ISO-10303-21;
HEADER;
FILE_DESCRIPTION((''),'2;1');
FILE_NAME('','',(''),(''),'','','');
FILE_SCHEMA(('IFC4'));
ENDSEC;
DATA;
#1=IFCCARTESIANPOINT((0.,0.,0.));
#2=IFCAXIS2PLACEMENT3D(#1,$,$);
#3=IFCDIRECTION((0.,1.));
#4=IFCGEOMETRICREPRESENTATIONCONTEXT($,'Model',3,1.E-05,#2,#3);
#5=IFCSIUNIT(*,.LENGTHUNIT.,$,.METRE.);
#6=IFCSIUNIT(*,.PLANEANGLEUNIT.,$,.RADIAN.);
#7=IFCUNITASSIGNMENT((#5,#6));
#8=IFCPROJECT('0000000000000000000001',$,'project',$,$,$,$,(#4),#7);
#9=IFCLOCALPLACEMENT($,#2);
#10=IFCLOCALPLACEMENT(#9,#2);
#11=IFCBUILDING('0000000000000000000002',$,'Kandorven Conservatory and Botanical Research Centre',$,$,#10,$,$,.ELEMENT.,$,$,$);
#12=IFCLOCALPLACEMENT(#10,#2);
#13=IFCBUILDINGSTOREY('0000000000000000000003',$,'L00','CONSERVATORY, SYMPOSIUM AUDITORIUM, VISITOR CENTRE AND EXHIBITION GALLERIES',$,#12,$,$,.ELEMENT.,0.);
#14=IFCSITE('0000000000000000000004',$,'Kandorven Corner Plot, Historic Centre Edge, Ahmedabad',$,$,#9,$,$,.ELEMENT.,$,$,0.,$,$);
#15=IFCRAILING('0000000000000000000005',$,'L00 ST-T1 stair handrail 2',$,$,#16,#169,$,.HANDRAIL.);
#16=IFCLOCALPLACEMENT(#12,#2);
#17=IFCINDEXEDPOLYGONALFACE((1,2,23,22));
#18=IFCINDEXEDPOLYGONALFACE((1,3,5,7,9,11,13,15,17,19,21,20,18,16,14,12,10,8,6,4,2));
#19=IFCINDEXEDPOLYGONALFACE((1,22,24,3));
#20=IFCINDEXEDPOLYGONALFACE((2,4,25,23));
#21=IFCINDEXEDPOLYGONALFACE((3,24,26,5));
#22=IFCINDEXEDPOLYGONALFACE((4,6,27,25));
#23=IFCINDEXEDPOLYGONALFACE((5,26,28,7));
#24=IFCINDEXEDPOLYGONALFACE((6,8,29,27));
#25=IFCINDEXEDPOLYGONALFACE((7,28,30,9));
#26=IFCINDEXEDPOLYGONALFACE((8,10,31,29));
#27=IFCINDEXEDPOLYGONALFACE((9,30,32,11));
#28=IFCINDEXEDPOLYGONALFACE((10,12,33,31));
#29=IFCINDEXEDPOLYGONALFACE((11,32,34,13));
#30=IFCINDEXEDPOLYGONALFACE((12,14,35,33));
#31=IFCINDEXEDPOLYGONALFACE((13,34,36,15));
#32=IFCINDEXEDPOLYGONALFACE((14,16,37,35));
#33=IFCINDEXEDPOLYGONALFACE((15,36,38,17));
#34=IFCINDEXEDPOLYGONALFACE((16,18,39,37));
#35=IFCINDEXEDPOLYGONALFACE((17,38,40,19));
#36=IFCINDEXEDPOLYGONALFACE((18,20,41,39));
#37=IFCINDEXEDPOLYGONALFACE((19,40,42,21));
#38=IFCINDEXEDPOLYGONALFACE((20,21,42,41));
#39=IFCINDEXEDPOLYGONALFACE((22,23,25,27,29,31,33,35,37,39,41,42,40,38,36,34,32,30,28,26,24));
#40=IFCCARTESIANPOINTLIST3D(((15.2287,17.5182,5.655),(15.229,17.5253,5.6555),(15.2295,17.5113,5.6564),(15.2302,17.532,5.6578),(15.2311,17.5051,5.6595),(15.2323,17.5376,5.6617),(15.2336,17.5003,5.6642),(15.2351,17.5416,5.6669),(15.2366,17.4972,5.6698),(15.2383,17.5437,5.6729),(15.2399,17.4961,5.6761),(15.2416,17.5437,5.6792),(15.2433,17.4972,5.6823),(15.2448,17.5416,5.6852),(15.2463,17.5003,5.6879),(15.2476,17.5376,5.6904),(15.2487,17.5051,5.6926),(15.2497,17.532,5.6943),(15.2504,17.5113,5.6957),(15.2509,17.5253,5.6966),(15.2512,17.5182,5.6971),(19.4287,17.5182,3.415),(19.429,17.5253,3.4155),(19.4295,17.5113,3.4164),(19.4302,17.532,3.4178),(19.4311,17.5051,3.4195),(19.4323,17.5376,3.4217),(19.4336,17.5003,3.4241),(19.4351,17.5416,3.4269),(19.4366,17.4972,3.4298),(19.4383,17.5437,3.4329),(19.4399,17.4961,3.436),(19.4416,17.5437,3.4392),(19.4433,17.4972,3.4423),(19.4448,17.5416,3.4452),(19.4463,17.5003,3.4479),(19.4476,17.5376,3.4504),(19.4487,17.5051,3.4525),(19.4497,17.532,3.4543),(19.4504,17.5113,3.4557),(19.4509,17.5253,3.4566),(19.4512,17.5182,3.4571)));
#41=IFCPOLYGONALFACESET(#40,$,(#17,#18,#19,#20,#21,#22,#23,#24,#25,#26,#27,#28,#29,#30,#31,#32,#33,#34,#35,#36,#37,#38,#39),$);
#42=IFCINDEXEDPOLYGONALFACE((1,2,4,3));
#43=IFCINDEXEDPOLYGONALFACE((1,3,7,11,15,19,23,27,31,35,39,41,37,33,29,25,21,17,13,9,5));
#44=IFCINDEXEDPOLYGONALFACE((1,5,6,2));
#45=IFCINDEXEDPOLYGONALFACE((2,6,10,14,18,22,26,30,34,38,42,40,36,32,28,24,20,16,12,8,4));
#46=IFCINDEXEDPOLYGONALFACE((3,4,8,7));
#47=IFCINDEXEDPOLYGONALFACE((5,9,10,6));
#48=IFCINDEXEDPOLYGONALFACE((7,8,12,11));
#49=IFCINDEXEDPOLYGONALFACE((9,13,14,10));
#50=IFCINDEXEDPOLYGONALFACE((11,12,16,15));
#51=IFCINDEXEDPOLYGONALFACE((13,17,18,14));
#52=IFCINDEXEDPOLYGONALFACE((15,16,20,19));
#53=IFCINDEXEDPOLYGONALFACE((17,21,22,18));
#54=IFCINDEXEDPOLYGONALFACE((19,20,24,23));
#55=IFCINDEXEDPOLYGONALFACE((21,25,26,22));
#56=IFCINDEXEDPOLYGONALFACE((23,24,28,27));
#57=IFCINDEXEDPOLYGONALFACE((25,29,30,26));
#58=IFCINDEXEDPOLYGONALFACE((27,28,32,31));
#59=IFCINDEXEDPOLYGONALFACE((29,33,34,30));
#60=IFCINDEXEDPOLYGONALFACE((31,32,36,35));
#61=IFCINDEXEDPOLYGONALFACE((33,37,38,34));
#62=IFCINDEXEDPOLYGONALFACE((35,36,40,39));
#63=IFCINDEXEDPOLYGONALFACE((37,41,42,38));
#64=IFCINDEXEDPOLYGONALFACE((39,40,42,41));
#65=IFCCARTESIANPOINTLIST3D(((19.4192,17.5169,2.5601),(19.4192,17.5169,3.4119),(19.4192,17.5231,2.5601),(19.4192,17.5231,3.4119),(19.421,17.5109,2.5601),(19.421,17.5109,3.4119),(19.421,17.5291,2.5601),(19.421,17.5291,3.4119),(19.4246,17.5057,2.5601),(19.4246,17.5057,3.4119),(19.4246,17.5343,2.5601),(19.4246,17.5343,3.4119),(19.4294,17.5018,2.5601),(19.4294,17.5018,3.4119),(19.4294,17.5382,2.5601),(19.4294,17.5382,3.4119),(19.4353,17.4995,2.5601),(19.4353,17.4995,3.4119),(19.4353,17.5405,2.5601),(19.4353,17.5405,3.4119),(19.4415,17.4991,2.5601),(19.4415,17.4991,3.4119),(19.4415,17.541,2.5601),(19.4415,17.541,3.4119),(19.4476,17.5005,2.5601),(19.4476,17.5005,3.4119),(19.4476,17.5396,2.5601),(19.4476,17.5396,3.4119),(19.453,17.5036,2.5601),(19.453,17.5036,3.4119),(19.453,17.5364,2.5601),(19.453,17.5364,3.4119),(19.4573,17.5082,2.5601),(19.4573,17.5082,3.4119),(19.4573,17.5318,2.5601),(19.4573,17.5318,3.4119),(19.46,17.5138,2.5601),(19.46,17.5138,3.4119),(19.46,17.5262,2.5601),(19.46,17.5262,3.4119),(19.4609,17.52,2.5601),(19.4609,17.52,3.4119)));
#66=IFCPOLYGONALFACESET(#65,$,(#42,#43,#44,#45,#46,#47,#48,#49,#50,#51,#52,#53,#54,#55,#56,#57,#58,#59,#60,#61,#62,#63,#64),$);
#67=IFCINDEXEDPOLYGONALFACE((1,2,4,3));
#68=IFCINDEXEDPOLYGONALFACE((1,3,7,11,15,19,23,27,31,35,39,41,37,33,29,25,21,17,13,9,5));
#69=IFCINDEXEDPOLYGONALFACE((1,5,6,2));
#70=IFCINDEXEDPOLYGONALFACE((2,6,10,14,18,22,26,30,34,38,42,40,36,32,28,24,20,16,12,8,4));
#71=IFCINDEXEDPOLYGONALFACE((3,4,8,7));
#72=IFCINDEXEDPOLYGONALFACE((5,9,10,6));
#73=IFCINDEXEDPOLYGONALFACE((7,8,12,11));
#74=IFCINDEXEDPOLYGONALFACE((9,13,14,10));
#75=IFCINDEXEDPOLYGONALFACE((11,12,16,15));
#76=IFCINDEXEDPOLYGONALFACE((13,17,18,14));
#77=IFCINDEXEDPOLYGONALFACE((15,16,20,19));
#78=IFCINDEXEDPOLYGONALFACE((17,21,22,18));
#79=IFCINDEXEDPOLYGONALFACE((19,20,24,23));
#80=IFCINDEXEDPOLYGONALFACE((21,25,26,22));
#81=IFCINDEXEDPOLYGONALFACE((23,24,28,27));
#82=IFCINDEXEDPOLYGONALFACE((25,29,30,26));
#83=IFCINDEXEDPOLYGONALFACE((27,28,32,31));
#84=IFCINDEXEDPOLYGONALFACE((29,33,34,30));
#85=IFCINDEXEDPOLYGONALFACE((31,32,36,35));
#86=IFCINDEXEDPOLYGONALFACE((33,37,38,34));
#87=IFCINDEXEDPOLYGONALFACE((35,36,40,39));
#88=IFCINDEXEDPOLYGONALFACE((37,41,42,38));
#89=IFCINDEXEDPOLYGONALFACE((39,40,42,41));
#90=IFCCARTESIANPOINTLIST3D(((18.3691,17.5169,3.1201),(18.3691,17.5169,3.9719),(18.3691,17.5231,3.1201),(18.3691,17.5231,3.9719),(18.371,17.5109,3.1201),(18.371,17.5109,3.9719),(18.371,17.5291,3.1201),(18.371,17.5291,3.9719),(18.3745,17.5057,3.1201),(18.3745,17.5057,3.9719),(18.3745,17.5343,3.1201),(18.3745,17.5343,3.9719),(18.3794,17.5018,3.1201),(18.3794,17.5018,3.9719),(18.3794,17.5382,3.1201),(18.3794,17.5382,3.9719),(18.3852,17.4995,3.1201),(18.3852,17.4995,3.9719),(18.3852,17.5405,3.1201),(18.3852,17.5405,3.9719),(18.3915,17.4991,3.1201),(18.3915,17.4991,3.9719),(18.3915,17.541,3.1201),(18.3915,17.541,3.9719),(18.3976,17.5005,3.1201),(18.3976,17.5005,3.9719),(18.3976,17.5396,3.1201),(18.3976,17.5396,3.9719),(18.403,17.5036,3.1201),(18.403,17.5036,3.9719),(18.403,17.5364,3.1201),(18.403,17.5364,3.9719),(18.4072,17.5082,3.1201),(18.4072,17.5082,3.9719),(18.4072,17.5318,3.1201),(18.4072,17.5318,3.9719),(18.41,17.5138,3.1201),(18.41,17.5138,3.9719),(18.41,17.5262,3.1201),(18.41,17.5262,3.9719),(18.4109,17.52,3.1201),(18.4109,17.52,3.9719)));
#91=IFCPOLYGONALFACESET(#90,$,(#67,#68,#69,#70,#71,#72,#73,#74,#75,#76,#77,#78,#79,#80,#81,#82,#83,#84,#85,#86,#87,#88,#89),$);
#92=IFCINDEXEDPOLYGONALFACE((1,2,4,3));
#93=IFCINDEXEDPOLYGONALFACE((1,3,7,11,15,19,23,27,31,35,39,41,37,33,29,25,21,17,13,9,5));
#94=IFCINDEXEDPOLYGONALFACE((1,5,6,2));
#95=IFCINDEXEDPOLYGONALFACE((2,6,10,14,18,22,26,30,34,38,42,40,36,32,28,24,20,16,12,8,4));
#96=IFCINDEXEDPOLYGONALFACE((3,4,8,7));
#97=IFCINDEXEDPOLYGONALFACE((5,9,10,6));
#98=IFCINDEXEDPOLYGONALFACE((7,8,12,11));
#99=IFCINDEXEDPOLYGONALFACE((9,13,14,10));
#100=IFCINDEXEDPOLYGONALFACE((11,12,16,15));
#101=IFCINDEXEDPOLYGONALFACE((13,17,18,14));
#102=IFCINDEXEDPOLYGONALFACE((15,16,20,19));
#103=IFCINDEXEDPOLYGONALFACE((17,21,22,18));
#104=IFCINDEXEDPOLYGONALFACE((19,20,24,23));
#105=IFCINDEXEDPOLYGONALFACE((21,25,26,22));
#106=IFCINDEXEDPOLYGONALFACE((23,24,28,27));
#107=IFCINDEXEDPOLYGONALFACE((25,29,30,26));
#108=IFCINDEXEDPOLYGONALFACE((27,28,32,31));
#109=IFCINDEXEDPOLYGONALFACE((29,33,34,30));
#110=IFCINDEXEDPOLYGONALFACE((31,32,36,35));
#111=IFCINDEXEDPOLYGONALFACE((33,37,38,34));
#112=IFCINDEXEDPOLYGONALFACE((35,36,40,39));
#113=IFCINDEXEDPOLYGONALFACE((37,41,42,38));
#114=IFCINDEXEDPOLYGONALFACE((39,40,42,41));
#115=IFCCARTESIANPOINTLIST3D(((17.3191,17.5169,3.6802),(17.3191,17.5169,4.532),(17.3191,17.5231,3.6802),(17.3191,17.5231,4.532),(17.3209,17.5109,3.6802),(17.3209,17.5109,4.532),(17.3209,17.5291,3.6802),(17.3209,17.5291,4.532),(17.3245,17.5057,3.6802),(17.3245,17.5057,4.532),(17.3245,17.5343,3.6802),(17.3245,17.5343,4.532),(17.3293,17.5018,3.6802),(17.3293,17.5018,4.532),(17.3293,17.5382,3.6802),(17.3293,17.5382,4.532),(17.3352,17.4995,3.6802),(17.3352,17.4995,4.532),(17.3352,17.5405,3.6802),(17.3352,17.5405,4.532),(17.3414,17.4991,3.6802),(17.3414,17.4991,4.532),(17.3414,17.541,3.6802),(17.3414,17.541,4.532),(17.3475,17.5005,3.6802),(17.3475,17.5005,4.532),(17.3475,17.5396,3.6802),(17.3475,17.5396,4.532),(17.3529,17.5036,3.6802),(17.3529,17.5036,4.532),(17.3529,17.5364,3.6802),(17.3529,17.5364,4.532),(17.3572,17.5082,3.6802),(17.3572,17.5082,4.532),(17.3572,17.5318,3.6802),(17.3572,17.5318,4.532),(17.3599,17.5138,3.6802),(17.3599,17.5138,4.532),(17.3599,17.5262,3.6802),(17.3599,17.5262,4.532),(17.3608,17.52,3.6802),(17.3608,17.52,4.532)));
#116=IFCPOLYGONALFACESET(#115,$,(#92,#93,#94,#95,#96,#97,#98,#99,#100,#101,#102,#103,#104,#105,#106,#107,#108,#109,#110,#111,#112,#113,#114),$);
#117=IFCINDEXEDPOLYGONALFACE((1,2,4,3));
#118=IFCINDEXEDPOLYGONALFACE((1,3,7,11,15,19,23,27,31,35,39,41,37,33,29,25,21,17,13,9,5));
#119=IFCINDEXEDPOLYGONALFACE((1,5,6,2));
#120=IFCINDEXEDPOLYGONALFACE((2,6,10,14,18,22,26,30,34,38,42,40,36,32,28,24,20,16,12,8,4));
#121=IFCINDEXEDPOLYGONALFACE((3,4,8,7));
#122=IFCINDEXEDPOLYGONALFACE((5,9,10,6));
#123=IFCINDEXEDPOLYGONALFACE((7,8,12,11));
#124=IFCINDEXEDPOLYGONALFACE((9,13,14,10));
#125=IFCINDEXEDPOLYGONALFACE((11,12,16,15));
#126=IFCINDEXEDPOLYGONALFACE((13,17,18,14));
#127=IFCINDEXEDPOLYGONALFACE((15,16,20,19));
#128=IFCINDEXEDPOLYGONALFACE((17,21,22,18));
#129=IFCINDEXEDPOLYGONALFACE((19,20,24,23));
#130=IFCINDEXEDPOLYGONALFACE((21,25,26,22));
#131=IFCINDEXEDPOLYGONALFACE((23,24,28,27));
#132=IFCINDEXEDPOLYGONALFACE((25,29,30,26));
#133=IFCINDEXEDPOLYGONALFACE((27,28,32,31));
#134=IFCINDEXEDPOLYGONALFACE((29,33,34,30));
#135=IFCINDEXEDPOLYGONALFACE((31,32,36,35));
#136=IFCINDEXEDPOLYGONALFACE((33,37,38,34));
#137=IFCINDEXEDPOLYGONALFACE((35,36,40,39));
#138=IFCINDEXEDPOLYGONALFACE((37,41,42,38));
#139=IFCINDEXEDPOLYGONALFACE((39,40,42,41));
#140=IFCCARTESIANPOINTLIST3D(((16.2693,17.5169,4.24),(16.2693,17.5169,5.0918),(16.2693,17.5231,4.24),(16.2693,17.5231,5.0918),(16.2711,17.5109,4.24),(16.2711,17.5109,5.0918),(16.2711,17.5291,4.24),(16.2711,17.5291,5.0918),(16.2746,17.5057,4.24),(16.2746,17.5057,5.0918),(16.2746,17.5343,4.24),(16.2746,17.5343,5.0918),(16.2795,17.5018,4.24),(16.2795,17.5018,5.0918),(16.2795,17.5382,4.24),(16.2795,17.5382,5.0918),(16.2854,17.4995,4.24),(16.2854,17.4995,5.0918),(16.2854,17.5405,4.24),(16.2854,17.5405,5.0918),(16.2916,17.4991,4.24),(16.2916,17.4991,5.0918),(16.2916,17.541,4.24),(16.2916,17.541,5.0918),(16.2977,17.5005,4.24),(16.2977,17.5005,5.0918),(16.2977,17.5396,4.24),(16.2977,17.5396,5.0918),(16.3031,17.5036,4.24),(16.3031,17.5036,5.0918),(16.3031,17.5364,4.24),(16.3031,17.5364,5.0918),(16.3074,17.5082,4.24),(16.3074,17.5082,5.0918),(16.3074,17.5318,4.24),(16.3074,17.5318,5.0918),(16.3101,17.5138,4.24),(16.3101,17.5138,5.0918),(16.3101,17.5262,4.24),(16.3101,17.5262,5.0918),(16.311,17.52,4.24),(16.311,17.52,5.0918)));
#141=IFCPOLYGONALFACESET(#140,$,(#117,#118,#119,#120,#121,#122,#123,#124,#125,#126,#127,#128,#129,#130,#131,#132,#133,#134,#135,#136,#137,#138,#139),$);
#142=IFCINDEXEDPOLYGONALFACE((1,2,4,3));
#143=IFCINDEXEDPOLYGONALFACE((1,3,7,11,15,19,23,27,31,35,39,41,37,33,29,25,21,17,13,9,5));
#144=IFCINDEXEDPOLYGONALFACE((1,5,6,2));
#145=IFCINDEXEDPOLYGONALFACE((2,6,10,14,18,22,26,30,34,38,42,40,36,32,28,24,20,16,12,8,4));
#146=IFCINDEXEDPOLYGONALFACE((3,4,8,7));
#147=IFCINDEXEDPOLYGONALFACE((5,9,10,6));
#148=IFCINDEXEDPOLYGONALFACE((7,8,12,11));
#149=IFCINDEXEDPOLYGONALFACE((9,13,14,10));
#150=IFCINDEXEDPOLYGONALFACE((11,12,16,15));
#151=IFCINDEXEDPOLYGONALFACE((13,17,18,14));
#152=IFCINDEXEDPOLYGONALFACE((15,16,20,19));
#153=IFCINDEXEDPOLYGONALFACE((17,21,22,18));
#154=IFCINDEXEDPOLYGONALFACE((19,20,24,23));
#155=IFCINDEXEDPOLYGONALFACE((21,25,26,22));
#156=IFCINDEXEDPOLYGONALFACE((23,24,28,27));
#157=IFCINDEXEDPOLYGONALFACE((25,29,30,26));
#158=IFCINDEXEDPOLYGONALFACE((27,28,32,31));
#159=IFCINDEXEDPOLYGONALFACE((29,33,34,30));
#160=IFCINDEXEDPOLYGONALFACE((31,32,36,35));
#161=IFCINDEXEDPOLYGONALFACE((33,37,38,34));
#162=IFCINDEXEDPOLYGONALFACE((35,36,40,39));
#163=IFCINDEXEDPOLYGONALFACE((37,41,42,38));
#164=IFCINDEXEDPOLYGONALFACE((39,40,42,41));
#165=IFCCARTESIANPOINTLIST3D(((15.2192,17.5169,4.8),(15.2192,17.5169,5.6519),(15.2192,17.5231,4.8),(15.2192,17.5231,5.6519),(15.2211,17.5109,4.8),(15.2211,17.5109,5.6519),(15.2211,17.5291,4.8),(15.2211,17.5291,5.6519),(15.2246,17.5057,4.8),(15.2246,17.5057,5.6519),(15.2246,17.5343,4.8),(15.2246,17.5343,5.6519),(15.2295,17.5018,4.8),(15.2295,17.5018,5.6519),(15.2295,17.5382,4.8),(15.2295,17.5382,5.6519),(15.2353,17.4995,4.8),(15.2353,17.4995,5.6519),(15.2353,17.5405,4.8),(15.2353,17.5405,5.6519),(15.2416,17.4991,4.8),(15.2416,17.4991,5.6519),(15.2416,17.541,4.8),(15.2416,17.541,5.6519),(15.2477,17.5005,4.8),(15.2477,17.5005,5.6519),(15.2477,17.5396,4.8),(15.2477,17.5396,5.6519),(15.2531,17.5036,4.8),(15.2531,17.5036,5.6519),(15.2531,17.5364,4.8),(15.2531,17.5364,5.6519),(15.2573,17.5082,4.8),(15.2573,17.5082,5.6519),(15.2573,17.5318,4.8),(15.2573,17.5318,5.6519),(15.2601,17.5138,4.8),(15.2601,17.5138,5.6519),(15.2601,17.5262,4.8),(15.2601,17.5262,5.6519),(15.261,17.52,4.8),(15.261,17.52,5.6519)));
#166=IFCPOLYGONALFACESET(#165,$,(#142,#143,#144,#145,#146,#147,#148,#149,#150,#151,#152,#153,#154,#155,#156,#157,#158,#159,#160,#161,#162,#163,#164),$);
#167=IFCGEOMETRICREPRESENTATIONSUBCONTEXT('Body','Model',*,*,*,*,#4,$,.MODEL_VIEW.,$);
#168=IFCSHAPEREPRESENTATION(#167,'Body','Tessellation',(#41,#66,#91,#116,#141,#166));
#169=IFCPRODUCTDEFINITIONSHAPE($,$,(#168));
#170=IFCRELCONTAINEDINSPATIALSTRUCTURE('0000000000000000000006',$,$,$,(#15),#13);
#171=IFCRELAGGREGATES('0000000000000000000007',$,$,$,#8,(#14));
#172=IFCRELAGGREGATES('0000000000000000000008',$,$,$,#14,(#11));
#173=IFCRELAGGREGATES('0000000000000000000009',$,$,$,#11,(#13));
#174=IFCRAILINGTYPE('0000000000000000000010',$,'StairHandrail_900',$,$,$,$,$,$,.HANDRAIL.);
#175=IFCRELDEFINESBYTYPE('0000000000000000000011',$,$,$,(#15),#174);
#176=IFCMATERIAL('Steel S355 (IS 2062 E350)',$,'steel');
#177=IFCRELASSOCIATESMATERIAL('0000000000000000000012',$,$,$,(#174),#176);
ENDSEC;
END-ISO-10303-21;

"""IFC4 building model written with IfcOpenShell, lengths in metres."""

from ifc_helpers import new_model, si_unit, direction, frame, origin, origin_2d, place, context, subcontext, project, spatial, circle, extrude, material, type_object, element, save


model = new_model("IFC4")

# Units and contexts
model_context = context("Model", 3, precision=1e-05, world=origin(), true_north=direction((0.0, 1.0)))
body_context = subcontext(model_context, "Body", "Model", "MODEL_VIEW")
ifc_project = project(units=[si_unit("LENGTHUNIT", "METRE"), si_unit("PLANEANGLEUNIT", "RADIAN")], contexts=[model_context])

# Site, building, storey
site_placement = place(None, origin())
site = spatial("IfcSite", under=ifc_project, at=site_placement, Name="Kandorven Corner Plot, Historic Centre Edge, Ahmedabad", CompositionType="ELEMENT", RefElevation=0.0)
building_placement = place(site_placement, origin())
building = spatial("IfcBuilding", under=site, at=building_placement, Name="Kandorven Conservatory and Botanical Research Centre", CompositionType="ELEMENT")
storey_placement = place(building_placement, origin())
storey = spatial("IfcBuildingStorey", under=building, at=storey_placement, Name="L00", Description="CONSERVATORY, SYMPOSIUM AUDITORIUM, VISITOR CENTRE AND EXHIBITION GALLERIES", CompositionType="ELEMENT", Elevation=0.0)

# Railing
ifc_material_1 = material(Name="Steel S355 (IS 2062 E350)", Category="steel")
railing_type_1 = type_object("IfcRailingType", Name="StairHandrail_900", PredefinedType="HANDRAIL", material=ifc_material_1)
railing_1_placement = place(storey_placement, frame((19.4399, 17.52, 2.5601)))
element("IfcRailing", 1, at=railing_1_placement, inside=storey, type_object=railing_type_1, Name="L00 ST-T1 stair handrail 2", PredefinedType="HANDRAIL", context=body_context, shape_type="SweptSolid", body=[
    extrude(circle(Radius=0.0239, at=origin_2d()), frame((0.0, 0.0, 0.876), z_axis=(-0.882352, 0.0, 0.470591), x_axis=(0.0, -1.0, 0.0)), (0.0, 0.0, 1.0), 4.76),
    extrude(circle(Radius=0.021, at=origin_2d()), origin(), (0.0, 0.0, 1.0), 0.8518),
    extrude(circle(Radius=0.021, at=origin_2d()), frame((-1.05, 0.0, 0.5601)), (0.0, 0.0, 1.0), 0.8518),
    extrude(circle(Radius=0.021, at=origin_2d()), frame((-2.1001, 0.0, 1.1201)), (0.0, 0.0, 1.0), 0.8518),
    extrude(circle(Radius=0.021, at=origin_2d()), frame((-3.1499, 0.0, 1.6799)), (0.0, 0.0, 1.0), 0.8518),
    extrude(circle(Radius=0.021, at=origin_2d()), frame((-4.2, 0.0, 2.24)), (0.0, 0.0, 1.0), 0.8518),
])

save(model, "model.ifc")
